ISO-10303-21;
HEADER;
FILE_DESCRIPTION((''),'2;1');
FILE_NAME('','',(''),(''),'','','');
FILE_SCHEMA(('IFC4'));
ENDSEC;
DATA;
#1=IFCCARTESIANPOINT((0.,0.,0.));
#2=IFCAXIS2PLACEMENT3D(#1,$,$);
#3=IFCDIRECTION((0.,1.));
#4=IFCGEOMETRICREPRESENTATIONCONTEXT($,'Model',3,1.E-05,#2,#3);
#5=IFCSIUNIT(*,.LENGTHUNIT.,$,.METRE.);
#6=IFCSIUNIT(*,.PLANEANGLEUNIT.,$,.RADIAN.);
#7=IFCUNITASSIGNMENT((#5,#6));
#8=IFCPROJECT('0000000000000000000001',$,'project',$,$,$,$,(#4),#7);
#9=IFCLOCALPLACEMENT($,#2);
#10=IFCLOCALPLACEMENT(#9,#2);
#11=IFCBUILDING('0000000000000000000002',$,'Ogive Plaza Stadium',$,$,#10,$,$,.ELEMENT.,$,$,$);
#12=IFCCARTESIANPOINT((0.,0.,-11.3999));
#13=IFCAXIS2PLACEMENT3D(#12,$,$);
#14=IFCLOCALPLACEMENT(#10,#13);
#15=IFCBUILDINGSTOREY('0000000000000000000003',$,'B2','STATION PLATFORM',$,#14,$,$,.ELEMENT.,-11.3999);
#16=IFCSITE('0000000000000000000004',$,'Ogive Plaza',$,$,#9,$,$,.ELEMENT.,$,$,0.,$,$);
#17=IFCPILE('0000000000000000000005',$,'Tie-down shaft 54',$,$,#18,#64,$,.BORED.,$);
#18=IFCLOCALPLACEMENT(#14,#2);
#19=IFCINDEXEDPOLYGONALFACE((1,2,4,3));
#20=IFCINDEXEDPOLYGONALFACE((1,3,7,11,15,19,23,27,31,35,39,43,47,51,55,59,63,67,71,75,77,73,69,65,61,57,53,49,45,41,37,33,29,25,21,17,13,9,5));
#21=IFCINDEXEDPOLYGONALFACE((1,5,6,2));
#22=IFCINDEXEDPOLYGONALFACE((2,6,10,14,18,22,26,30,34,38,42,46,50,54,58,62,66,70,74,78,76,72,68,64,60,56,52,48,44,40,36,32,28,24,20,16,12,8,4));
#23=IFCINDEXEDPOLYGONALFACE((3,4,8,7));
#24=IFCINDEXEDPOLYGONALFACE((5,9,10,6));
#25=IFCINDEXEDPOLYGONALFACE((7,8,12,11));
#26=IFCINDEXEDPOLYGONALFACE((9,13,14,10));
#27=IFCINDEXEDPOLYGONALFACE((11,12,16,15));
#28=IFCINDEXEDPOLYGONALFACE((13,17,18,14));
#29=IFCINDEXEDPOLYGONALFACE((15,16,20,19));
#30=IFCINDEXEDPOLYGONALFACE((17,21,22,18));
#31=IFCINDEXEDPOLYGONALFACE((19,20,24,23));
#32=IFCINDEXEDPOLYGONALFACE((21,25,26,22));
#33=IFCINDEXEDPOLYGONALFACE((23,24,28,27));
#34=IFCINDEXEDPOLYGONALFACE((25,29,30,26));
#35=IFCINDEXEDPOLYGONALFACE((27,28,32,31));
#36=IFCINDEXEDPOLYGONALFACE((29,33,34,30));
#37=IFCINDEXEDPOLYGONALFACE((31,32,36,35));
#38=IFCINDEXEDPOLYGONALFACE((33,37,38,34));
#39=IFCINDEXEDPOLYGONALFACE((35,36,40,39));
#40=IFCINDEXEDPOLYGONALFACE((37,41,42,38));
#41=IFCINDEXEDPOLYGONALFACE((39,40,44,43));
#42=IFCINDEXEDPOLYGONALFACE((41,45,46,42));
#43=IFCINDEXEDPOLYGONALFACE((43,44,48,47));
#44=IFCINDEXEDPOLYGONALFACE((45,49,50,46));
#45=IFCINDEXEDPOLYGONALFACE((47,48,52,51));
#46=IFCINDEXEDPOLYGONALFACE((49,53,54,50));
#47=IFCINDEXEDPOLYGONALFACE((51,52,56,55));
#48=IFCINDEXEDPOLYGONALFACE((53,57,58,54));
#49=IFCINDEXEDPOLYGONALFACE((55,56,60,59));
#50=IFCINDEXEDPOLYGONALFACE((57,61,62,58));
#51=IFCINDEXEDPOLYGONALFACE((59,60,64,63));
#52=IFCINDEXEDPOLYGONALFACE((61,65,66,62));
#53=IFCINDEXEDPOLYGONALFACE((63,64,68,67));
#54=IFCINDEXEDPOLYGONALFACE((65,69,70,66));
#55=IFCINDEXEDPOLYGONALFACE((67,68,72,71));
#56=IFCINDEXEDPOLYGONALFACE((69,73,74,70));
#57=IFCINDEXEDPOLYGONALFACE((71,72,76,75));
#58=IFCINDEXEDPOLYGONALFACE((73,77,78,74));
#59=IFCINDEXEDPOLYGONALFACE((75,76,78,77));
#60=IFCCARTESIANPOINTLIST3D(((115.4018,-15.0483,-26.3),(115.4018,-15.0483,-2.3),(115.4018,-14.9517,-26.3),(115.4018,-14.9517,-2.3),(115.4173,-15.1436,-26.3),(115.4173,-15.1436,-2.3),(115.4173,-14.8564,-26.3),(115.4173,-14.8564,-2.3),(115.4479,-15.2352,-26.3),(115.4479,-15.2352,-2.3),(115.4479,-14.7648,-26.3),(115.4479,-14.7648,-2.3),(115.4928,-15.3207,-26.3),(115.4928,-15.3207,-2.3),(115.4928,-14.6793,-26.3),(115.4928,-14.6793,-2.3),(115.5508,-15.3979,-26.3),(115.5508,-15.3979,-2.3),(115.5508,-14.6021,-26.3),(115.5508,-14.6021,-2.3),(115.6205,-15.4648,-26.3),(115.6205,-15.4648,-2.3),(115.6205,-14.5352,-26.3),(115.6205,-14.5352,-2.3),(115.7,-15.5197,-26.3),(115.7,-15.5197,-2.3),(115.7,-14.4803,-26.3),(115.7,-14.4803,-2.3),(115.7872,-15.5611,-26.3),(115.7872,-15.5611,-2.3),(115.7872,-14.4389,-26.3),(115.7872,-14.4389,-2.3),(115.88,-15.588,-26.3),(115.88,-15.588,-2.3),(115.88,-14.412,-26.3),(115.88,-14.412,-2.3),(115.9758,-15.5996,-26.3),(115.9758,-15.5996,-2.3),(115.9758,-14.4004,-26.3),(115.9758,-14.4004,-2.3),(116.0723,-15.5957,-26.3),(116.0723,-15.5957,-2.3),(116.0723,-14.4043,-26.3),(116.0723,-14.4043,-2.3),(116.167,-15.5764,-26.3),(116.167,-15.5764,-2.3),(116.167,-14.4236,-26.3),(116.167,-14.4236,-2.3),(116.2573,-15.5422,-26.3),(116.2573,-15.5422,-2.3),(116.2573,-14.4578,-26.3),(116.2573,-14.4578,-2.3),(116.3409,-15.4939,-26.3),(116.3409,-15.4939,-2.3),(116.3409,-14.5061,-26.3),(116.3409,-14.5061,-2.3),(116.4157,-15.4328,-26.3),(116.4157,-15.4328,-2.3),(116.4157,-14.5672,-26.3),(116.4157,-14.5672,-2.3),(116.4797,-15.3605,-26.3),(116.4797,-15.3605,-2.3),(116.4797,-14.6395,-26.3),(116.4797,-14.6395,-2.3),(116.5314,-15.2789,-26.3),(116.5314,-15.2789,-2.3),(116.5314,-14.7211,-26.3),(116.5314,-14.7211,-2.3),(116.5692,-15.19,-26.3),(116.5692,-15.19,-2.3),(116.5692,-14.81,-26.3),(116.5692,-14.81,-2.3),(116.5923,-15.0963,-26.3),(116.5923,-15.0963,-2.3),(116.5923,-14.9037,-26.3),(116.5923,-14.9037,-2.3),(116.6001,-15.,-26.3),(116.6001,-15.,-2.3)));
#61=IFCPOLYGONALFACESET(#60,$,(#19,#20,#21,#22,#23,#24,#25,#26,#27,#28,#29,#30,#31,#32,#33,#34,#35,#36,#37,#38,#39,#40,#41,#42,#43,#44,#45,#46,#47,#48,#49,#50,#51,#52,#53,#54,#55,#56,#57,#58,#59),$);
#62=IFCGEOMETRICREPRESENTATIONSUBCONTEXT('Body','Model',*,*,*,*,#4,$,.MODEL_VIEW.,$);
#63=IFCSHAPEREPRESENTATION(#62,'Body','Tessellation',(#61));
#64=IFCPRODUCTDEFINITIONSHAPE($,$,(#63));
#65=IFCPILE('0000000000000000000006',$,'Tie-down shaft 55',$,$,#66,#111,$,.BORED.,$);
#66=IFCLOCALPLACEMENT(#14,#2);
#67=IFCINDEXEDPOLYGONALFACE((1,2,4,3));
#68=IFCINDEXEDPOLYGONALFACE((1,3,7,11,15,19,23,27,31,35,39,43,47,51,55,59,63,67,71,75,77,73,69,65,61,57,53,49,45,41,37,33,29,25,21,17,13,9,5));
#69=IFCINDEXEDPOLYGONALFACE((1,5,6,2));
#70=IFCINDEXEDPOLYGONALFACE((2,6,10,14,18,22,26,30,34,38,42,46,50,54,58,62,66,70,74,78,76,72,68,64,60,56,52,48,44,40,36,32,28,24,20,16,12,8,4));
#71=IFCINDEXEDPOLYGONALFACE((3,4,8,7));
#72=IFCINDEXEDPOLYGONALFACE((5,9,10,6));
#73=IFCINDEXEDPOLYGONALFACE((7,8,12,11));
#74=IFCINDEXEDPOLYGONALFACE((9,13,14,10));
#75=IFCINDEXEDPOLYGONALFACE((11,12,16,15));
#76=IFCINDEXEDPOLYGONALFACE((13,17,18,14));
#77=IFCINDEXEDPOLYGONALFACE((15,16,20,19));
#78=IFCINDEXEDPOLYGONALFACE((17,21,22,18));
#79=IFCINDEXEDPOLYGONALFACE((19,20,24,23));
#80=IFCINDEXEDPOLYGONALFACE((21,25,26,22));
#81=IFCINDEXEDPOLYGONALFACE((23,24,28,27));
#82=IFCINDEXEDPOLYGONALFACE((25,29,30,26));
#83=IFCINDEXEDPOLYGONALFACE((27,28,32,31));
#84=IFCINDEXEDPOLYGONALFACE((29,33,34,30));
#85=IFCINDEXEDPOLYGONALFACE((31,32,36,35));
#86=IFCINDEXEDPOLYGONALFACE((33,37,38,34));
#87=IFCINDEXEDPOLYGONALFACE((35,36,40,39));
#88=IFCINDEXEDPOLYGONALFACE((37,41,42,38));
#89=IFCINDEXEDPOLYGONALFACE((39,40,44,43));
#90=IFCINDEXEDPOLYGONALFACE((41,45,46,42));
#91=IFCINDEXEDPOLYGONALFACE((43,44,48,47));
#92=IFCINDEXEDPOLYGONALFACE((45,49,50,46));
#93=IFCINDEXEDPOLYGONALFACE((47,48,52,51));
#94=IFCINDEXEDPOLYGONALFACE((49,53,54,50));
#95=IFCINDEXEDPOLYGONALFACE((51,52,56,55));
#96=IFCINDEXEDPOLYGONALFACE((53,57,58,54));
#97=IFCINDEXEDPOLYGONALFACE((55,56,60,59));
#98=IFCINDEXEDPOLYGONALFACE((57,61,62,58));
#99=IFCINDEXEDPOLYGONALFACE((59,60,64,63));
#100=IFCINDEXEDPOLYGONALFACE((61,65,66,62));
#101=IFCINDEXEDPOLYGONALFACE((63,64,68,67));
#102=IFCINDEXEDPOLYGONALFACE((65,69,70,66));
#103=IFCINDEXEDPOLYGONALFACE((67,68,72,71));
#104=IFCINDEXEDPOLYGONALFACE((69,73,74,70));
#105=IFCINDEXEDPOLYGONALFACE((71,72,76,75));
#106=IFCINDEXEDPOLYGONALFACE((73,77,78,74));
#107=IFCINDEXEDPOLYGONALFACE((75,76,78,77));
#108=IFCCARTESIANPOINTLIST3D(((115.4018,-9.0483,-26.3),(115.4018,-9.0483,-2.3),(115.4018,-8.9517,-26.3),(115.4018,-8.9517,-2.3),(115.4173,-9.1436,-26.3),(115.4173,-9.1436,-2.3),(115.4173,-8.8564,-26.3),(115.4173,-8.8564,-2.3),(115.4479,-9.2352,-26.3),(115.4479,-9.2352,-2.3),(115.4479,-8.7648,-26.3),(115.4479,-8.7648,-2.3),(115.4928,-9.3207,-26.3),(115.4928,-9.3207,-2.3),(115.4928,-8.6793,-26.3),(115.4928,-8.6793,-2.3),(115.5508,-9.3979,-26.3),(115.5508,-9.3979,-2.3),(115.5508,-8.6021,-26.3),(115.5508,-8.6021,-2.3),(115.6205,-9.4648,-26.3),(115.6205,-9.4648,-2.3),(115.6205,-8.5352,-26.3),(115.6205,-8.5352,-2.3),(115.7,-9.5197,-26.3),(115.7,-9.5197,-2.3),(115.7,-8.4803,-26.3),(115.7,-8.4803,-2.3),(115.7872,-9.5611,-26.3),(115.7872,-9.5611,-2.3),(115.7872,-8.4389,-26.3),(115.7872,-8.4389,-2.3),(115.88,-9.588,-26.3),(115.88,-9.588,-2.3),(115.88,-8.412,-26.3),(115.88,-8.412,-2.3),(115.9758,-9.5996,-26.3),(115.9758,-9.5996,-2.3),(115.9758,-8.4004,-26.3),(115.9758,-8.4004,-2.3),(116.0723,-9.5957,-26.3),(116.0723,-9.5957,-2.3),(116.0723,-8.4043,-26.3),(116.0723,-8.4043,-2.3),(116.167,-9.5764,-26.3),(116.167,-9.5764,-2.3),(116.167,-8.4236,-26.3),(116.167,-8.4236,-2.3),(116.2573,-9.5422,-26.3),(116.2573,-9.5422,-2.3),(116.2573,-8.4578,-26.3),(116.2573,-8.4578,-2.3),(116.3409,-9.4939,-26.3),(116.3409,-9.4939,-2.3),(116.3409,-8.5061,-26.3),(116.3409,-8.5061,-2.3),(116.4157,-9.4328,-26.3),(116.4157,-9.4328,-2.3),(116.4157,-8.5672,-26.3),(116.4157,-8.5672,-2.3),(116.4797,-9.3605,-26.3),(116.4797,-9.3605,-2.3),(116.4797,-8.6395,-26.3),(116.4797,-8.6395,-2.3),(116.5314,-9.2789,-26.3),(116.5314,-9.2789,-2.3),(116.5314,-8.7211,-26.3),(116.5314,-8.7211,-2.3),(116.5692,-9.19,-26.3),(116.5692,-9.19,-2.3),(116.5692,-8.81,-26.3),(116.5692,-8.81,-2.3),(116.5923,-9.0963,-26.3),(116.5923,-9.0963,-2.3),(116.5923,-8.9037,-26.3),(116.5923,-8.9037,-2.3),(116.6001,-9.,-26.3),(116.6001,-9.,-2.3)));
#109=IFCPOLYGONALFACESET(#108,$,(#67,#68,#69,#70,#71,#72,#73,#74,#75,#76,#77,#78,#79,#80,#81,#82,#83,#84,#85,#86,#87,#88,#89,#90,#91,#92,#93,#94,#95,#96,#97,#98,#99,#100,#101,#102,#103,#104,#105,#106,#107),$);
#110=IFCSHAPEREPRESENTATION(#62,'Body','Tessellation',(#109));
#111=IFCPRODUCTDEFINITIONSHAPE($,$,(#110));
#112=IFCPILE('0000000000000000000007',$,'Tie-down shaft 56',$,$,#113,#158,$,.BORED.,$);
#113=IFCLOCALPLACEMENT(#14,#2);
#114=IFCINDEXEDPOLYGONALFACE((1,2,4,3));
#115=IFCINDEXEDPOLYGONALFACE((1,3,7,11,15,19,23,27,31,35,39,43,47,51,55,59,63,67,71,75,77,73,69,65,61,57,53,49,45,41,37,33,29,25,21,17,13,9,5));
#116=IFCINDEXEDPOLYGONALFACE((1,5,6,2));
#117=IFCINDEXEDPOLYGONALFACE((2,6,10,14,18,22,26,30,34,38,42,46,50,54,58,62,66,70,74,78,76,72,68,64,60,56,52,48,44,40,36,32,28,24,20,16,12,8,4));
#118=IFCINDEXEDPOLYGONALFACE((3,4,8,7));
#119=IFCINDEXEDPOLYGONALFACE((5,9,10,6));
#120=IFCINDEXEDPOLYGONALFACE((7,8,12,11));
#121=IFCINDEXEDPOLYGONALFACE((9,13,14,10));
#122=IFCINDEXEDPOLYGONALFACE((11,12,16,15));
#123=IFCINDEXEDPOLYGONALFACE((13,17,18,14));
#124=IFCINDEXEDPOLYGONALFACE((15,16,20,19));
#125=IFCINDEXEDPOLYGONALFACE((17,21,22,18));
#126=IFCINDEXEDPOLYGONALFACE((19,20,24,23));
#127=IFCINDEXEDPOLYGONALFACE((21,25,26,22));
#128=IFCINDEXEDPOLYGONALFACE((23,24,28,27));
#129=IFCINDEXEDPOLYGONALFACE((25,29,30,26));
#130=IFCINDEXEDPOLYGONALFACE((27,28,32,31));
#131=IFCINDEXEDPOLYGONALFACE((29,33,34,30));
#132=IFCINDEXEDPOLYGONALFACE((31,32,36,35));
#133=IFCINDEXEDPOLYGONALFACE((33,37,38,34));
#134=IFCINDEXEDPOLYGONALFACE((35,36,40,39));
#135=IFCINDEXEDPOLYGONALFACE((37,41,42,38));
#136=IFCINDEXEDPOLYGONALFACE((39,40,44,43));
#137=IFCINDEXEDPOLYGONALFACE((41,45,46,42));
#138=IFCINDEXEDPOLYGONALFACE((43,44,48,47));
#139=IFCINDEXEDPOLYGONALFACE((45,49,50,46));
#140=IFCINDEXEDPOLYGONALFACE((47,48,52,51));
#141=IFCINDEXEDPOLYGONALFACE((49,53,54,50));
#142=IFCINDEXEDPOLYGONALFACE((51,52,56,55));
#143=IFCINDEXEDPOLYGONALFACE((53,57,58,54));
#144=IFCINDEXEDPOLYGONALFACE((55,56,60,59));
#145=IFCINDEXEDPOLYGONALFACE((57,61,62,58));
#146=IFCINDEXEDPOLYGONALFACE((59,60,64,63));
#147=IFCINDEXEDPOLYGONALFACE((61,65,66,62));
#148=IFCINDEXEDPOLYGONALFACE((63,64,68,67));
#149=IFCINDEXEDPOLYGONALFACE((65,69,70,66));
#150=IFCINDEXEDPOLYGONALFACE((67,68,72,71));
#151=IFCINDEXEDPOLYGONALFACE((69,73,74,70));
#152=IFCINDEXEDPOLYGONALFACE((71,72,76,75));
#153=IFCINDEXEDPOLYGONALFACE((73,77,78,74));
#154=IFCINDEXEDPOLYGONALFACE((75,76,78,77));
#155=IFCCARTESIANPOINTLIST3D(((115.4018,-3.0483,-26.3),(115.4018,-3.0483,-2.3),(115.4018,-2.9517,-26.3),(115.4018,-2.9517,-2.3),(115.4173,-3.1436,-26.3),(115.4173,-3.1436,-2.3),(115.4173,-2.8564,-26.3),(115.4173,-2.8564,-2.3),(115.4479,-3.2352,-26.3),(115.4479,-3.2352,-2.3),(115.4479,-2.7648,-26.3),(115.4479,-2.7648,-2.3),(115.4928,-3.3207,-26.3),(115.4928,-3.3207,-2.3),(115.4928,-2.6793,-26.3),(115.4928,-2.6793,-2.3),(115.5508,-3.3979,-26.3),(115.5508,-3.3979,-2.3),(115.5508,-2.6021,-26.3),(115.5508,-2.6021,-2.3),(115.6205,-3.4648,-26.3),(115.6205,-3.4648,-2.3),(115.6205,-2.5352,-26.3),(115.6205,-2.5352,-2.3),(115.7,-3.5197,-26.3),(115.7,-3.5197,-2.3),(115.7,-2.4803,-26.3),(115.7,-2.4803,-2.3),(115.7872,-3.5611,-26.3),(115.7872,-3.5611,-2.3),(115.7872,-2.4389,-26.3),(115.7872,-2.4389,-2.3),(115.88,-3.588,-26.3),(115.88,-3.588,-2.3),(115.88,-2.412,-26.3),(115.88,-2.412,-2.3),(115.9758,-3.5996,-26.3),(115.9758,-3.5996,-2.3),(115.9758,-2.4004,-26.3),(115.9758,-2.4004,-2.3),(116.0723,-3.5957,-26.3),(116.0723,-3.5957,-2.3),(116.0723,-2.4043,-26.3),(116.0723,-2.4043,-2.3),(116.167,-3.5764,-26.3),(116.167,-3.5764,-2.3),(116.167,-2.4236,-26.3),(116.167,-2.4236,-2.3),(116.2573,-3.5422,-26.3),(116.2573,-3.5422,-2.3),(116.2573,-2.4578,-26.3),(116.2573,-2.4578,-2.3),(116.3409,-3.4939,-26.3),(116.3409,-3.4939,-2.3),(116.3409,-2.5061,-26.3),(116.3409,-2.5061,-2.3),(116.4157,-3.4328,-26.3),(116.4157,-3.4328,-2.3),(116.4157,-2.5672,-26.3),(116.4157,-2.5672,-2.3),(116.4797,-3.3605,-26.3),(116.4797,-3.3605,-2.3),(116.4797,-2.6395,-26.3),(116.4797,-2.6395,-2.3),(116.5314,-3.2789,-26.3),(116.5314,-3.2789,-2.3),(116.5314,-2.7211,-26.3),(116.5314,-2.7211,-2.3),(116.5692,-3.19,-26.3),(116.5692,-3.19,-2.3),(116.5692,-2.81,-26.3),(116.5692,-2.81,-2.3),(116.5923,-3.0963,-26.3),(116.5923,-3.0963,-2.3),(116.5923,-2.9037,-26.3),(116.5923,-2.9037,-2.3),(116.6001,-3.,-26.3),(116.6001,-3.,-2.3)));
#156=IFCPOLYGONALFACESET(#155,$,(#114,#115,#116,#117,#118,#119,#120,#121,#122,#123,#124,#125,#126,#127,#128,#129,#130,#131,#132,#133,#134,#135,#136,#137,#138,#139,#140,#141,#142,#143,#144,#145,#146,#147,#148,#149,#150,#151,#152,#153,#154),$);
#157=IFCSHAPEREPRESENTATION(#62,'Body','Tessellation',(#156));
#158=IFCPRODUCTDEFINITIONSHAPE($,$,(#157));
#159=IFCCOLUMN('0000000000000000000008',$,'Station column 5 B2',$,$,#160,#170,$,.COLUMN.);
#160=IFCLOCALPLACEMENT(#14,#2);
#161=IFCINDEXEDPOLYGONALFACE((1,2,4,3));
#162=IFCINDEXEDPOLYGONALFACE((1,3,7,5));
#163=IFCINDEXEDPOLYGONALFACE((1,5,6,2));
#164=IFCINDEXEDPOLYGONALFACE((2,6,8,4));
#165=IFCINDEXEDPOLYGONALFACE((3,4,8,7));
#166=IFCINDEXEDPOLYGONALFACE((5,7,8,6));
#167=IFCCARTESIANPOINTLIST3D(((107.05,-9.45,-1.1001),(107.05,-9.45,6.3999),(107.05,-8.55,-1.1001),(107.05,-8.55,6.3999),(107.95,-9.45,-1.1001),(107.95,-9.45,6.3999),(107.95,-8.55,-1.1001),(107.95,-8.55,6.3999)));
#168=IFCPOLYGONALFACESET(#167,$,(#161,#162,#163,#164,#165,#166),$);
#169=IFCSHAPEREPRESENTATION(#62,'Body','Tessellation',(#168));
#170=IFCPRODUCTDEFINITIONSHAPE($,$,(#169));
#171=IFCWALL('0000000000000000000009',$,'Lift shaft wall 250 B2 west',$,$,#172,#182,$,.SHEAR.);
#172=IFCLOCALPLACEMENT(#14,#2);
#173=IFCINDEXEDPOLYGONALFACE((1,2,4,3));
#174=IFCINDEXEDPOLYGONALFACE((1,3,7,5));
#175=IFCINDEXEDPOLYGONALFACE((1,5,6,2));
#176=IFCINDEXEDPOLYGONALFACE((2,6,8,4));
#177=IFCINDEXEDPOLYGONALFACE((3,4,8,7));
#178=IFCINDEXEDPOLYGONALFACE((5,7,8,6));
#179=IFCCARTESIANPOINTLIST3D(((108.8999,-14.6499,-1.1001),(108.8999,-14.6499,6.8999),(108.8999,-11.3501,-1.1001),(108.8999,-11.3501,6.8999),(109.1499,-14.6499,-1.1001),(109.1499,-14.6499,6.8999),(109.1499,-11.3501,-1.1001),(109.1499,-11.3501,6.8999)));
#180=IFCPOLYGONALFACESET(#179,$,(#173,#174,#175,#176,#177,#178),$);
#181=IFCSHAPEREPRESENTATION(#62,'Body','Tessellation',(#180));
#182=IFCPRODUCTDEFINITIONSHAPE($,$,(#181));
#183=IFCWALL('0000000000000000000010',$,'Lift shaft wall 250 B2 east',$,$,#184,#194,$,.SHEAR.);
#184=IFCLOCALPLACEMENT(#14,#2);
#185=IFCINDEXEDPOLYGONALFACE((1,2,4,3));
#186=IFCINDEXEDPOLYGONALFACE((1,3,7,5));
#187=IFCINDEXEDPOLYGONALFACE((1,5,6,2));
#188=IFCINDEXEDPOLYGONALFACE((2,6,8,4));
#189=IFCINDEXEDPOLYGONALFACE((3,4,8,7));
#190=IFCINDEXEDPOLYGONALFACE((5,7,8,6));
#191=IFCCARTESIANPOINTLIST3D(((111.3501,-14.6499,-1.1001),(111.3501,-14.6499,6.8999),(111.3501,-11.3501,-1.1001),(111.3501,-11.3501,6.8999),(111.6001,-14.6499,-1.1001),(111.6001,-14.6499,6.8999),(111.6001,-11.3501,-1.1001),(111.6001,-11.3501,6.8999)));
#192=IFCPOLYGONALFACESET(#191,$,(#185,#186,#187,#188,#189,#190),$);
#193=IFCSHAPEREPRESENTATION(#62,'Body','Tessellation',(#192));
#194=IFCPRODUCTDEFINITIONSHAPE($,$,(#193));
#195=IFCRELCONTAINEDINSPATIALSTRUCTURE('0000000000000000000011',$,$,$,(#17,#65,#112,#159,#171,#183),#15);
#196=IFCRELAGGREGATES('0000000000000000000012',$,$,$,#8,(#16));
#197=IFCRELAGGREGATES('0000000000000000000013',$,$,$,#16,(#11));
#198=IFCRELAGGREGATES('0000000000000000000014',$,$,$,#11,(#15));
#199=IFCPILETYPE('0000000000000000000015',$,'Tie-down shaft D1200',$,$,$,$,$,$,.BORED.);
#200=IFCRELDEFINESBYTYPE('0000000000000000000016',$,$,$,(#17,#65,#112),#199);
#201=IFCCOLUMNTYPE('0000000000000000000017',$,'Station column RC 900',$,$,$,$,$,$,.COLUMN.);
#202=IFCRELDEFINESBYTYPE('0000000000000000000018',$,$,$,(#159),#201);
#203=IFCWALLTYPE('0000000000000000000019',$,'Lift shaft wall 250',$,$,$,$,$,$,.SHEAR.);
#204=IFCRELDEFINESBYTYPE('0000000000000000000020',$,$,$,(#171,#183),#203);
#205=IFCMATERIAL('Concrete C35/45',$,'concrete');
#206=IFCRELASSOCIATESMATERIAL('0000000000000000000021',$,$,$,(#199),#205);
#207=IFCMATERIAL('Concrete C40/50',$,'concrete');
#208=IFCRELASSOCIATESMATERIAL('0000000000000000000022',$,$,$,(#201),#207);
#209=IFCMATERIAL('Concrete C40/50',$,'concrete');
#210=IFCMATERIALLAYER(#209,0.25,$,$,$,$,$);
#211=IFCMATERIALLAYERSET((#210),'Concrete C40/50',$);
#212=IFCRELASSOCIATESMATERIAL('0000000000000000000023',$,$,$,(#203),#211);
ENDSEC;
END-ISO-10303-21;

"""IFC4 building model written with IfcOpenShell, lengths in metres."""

from ifc_helpers import new_model, si_unit, direction, frame, frame_2d, origin, origin_2d, place, context, subcontext, project, spatial, rectangle, circle, extrude, material, layer, layer_set, material_profile, profile_set, type_object, element, save


model = new_model("IFC4")

# Units and contexts
model_context = context("Model", 3, precision=1e-05, world=origin(), true_north=direction((0.0, 1.0)))
body_context = subcontext(model_context, "Body", "Model", "MODEL_VIEW")
ifc_project = project(units=[si_unit("LENGTHUNIT", "METRE"), si_unit("PLANEANGLEUNIT", "RADIAN")], contexts=[model_context])

# Site, building, storey
site_placement = place(None, origin())
site = spatial("IfcSite", under=ifc_project, at=site_placement, Name="Ogive Plaza", CompositionType="ELEMENT", RefElevation=0.0)
building_placement = place(site_placement, origin())
building = spatial("IfcBuilding", under=site, at=building_placement, Name="Ogive Plaza Stadium", CompositionType="ELEMENT")
storey_placement = place(building_placement, frame((0.0, 0.0, -11.3999)))
storey = spatial("IfcBuildingStorey", under=building, at=storey_placement, Name="B2", Description="STATION PLATFORM", CompositionType="ELEMENT", Elevation=-11.3999)

# Piles
ifc_material_1 = material(Name="Concrete C35/45", Category="concrete")
ifc_material_profile_1 = material_profile(ifc_material_1, circle(Radius=0.6001, at=origin_2d()), Name="Tie-down shaft D1200")
ifc_profile_set_1 = profile_set([ifc_material_profile_1], Name="Concrete C35/45")
pile_type = type_object("IfcPileType", Name="Tie-down shaft D1200", PredefinedType="BORED", material=ifc_profile_set_1)
for number, where, z_axis, x_axis, name in (
    (1, (116.0, -15.0, -2.3), (0.0, 0.0, -1.0), (1.0, 0.0, 0.0), "Tie-down shaft 54"),
    (2, (116.0, -9.0, -2.3), (0.0, 0.0, -1.0), (1.0, 0.0, 0.0), "Tie-down shaft 55"),
    (3, (116.0, -3.0, -2.3), (0.0, 0.0, -1.0), (1.0, 0.0, 0.0), "Tie-down shaft 56"),
):
    element("IfcPile", number, at=place(storey_placement, frame(where, z_axis=z_axis, x_axis=x_axis)), inside=storey, type_object=pile_type, Name=name, PredefinedType="BORED", context=body_context, shape_type="SweptSolid", body=[
        extrude(circle(Radius=0.6001, at=origin_2d()), origin(), (0.0, 0.0, 1.0), 24.0),
    ])

# Column
ifc_material_2 = material(Name="Concrete C40/50", Category="concrete")
ifc_material_profile_2 = material_profile(ifc_material_2, rectangle(XDim=0.8999, YDim=0.8999, at=origin_2d()), Name="Station column RC 900")
ifc_profile_set_2 = profile_set([ifc_material_profile_2], Name="Concrete C40/50")
column_type = type_object("IfcColumnType", Name="Station column RC 900", PredefinedType="COLUMN", material=ifc_profile_set_2)
column_placement = place(storey_placement, frame((107.5, -9.0, -1.1001), z_axis=(0.0, 0.0, 1.0), x_axis=(1.0, 0.0, 0.0)))
element("IfcColumn", 4, at=column_placement, inside=storey, type_object=column_type, Name="Station column 5 B2", PredefinedType="COLUMN", context=body_context, shape_type="SweptSolid", body=[
    extrude(rectangle(XDim=0.8999, YDim=0.8999, at=origin_2d()), origin(), (0.0, 0.0, 1.0), 7.5),
])

# Walls
ifc_material_3 = material(Name="Concrete C40/50", Category="concrete")
ifc_layer_1 = layer(ifc_material_3, 0.25)
ifc_layer_set_1 = layer_set([ifc_layer_1], Name="Concrete C40/50")
wall_type_1 = type_object("IfcWallType", Name="Lift shaft wall 250", PredefinedType="SHEAR", material=ifc_layer_set_1)
for number, where, z_axis, x_axis, name in (
    (5, (109.0249, -14.6499, -1.1001), (0.0, 0.0, 1.0), (0.0, 1.0, 0.0), "Lift shaft wall 250 B2 west"),
    (6, (111.4751, -14.6499, -1.1001), (0.0, 0.0, 1.0), (0.0, 1.0, 0.0), "Lift shaft wall 250 B2 east"),
):
    element("IfcWall", number, at=place(storey_placement, frame(where, z_axis=z_axis, x_axis=x_axis)), inside=storey, type_object=wall_type_1, Name=name, PredefinedType="SHEAR", context=body_context, shape_type="SweptSolid", body=[
        extrude(rectangle(XDim=3.2998, YDim=0.25, at=frame_2d((1.6499, 0.0))), origin(), (0.0, 0.0, 1.0), 8.0),
    ])

save(model, "model.ifc")
